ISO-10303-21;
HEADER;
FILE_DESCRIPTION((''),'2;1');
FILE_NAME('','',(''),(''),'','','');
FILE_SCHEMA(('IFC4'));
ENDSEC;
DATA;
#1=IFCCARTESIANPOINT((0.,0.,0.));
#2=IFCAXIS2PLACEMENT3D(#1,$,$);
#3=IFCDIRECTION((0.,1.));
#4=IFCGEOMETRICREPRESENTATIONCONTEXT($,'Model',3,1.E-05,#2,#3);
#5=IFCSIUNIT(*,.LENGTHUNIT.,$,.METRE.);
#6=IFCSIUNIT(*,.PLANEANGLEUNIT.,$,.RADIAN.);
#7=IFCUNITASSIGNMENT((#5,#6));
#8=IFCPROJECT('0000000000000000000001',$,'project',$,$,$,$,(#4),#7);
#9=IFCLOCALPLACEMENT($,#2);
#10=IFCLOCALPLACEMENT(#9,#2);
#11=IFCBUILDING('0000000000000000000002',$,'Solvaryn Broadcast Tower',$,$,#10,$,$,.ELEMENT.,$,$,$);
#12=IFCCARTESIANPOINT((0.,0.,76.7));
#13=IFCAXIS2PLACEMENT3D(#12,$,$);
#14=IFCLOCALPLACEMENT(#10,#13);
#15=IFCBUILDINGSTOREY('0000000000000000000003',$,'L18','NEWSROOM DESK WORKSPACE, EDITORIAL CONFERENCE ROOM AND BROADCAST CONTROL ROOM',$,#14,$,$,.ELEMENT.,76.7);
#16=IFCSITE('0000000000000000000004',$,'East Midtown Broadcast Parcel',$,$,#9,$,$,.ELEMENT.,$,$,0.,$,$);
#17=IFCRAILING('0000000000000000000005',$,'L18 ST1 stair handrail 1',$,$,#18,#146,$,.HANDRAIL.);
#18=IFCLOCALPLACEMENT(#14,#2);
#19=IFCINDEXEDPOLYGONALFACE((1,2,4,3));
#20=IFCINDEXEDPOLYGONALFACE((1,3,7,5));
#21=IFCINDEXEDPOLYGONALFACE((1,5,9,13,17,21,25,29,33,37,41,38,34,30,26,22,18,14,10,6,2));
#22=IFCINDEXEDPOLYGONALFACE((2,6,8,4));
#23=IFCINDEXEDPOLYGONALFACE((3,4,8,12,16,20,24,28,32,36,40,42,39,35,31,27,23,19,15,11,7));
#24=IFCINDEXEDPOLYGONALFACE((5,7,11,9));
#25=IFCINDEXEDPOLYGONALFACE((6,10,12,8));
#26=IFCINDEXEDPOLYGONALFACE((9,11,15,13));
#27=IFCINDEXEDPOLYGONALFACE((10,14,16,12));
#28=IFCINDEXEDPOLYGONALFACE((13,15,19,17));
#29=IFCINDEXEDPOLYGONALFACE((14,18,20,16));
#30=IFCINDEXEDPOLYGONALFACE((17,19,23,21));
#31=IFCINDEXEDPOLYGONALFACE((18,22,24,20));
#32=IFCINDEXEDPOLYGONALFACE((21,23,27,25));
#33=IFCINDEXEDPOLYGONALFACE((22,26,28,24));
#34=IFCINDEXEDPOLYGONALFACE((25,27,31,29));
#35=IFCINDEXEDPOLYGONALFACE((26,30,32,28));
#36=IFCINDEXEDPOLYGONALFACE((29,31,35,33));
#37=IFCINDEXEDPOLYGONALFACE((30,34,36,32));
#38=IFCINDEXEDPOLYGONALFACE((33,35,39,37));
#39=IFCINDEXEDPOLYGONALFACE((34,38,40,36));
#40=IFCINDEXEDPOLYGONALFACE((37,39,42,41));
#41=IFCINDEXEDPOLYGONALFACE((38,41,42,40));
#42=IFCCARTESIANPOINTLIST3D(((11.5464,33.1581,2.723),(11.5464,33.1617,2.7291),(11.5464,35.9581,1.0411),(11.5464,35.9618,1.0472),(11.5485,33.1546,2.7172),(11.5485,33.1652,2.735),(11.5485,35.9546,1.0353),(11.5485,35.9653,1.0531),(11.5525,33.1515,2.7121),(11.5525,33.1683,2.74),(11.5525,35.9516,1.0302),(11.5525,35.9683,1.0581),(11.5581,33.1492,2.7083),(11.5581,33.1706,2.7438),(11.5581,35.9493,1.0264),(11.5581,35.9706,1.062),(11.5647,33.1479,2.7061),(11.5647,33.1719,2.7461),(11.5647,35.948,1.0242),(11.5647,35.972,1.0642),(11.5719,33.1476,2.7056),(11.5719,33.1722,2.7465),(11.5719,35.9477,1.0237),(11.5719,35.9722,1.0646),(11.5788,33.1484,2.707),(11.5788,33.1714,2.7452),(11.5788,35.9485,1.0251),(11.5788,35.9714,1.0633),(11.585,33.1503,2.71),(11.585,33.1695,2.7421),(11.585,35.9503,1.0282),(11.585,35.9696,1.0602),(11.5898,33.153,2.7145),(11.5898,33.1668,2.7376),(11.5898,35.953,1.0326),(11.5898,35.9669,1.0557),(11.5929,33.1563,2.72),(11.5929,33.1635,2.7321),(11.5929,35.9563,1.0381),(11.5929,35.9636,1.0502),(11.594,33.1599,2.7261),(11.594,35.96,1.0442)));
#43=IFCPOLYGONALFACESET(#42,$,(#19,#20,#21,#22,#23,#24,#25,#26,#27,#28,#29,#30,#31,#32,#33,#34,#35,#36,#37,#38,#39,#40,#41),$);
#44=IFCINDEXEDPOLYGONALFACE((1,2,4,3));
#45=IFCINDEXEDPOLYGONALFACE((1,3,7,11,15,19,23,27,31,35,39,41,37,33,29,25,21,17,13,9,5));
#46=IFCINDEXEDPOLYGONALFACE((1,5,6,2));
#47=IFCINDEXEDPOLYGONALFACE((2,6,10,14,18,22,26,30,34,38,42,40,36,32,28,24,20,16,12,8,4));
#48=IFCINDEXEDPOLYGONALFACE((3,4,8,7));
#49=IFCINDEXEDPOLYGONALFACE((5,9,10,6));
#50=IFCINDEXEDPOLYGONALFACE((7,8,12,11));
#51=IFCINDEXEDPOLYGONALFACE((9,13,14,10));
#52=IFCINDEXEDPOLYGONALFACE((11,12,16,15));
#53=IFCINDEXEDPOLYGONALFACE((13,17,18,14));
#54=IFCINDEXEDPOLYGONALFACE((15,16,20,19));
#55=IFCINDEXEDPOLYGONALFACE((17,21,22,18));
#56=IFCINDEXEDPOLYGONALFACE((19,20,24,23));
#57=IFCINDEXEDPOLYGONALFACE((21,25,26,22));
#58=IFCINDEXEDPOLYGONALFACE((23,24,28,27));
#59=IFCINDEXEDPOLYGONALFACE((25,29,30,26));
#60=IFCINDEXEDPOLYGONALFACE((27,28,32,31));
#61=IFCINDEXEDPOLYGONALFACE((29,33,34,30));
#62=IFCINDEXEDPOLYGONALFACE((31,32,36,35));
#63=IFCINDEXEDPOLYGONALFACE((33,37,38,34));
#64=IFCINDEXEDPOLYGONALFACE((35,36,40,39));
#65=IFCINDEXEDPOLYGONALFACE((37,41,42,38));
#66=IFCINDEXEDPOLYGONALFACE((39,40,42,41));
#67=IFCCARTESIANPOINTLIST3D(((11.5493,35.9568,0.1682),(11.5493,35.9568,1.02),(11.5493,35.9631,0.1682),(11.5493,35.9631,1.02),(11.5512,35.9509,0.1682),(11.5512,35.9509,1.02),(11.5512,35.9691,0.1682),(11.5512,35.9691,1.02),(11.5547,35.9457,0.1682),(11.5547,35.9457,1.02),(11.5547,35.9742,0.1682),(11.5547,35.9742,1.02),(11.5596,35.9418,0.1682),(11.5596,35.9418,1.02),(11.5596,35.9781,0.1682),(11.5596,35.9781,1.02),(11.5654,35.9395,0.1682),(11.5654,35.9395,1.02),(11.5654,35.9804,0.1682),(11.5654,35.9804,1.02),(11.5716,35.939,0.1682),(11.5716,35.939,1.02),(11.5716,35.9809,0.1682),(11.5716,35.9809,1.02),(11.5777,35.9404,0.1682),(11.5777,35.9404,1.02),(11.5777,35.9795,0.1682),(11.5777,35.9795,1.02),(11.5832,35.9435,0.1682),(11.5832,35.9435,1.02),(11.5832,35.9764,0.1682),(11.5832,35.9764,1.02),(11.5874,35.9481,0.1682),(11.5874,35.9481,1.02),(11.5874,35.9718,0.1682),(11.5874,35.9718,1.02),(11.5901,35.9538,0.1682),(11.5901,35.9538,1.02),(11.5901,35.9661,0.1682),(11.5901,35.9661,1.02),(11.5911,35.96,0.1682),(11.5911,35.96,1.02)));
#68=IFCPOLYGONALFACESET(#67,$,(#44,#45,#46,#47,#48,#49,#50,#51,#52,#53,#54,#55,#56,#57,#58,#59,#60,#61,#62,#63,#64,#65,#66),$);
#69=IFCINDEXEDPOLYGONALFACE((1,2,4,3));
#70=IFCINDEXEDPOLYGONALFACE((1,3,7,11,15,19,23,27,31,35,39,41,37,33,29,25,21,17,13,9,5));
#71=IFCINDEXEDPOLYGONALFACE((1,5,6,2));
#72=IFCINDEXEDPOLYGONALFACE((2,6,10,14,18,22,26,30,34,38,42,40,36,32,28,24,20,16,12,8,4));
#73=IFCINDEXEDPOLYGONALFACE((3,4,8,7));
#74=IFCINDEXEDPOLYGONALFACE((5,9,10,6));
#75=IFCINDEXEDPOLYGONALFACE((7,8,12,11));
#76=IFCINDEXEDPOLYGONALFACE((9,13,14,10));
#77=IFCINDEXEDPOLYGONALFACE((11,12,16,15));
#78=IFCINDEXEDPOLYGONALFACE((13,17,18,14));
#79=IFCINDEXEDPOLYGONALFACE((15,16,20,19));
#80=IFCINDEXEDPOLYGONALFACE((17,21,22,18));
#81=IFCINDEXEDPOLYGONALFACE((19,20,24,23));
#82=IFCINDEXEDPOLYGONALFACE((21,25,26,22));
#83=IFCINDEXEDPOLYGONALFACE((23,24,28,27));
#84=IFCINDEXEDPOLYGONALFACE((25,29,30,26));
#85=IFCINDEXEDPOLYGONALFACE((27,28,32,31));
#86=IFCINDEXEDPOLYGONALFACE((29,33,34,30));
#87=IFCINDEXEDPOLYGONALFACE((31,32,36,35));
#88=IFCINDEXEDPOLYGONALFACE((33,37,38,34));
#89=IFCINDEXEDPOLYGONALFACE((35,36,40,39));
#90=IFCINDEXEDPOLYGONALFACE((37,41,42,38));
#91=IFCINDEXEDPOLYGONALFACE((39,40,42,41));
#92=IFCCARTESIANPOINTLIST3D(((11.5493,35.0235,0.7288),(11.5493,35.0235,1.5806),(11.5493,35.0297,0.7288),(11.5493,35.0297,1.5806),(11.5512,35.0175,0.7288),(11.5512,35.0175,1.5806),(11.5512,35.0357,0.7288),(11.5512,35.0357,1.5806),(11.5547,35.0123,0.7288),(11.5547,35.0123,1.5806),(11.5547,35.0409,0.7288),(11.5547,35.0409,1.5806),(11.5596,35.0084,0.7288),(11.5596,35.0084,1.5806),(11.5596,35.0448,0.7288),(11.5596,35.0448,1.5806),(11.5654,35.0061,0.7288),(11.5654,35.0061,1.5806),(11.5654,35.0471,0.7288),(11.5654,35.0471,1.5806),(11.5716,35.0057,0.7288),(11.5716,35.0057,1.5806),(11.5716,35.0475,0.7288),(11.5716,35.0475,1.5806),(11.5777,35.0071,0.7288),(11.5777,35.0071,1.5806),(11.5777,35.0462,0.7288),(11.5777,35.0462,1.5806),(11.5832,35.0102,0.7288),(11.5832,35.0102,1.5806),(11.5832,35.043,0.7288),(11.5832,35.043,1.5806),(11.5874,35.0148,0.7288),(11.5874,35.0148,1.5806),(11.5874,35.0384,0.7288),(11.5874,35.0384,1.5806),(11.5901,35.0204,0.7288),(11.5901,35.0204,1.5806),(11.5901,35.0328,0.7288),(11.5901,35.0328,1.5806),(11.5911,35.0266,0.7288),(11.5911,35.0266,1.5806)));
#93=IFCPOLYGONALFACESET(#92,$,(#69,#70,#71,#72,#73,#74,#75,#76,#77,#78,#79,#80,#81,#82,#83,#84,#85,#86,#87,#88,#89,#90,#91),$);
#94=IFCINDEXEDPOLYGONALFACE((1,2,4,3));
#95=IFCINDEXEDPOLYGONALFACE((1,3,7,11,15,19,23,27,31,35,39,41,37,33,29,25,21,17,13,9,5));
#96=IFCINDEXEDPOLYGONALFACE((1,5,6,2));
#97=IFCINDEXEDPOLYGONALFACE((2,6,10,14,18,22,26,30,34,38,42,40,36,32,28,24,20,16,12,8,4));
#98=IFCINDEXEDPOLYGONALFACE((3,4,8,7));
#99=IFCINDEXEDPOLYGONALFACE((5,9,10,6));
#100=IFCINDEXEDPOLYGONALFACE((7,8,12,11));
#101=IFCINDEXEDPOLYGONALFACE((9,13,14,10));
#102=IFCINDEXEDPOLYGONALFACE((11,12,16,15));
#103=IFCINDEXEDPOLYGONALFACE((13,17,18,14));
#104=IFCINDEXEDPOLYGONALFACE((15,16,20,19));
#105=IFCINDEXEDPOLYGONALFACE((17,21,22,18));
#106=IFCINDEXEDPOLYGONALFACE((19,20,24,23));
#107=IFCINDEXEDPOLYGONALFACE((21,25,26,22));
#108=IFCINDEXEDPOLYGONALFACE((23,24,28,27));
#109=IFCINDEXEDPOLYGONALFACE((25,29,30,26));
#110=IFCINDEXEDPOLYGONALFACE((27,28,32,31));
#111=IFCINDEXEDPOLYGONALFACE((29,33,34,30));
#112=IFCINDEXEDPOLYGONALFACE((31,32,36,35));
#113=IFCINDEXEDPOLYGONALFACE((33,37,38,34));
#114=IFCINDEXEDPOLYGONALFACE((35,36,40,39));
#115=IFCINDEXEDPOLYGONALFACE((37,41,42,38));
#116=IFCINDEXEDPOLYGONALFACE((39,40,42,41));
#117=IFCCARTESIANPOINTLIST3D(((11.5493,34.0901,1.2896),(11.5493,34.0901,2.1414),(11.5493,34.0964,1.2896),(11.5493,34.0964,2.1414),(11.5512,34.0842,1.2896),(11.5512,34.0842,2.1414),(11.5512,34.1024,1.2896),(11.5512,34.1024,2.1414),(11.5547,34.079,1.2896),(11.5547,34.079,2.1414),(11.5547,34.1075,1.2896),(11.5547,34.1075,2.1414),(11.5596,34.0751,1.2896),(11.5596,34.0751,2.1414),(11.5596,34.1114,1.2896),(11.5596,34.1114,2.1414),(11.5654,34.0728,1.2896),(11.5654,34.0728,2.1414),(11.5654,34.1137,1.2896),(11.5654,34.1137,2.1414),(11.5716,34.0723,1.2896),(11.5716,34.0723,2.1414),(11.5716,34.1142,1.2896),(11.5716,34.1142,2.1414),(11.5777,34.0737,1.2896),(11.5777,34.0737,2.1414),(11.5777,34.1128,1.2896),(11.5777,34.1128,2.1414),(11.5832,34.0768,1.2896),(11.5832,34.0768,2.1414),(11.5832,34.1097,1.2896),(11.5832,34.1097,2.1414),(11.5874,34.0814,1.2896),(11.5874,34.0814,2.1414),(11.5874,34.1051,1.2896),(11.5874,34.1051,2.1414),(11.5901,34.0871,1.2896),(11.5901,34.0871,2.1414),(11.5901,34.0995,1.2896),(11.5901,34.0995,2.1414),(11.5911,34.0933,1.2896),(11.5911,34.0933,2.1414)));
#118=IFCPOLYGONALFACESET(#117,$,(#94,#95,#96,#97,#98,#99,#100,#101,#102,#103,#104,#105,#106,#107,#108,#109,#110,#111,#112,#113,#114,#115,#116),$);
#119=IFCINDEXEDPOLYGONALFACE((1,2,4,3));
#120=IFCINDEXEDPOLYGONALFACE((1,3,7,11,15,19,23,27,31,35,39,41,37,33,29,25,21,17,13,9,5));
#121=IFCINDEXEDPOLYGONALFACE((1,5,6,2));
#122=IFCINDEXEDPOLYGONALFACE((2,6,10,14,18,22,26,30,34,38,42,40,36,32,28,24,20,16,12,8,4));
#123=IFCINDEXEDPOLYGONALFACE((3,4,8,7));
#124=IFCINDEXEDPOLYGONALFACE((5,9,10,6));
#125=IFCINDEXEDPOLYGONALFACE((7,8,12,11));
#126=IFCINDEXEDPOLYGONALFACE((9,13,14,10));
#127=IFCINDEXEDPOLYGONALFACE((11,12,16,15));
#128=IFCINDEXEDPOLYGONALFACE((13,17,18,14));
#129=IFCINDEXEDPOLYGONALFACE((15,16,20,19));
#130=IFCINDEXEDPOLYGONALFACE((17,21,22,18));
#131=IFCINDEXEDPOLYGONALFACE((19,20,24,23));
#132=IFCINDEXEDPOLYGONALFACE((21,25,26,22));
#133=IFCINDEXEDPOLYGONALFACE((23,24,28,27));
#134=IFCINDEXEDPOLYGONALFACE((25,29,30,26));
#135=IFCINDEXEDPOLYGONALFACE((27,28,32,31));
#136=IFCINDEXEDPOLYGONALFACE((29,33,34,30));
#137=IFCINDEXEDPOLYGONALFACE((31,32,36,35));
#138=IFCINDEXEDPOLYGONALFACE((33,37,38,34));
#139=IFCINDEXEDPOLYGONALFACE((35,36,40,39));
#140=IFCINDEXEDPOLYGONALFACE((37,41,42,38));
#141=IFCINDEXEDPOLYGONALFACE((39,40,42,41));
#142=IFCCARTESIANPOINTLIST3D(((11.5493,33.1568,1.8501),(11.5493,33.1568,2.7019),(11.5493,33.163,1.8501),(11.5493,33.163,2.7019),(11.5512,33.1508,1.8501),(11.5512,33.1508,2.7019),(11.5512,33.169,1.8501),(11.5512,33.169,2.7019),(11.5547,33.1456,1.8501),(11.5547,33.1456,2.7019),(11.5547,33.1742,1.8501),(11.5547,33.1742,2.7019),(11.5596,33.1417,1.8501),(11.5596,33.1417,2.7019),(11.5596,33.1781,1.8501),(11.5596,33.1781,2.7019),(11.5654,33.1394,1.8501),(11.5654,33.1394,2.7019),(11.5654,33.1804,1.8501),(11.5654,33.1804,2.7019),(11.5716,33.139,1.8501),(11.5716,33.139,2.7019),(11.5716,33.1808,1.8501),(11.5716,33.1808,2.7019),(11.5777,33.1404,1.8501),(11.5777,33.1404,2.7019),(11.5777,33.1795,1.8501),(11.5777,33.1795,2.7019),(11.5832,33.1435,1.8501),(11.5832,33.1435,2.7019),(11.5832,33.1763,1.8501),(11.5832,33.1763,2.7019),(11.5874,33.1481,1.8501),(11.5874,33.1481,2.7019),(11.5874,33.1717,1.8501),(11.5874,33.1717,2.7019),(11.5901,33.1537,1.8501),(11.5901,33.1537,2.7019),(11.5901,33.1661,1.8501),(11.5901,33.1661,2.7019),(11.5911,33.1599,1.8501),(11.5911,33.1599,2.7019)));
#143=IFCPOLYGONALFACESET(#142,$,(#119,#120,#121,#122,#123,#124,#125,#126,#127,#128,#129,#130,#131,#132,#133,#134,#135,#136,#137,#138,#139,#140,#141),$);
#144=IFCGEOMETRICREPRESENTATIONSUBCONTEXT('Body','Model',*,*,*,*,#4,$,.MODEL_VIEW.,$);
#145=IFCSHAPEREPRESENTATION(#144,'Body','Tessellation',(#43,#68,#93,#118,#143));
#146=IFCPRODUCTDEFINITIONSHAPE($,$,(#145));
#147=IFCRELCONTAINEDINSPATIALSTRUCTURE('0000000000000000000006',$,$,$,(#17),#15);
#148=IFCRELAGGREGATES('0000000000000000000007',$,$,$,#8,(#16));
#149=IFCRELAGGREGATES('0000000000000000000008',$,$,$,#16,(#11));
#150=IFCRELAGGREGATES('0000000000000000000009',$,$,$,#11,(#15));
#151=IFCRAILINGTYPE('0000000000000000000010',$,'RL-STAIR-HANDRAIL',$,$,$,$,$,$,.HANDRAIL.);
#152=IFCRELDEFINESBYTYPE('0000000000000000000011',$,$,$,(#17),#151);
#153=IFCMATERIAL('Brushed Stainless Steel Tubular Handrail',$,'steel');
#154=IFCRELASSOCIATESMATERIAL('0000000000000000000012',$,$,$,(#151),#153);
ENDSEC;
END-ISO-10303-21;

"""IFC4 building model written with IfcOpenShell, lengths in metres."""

from ifc_helpers import new_model, si_unit, direction, frame, origin, origin_2d, place, context, subcontext, project, spatial, circle, extrude, material, type_object, element, save


model = new_model("IFC4")

# Units and contexts
model_context = context("Model", 3, precision=1e-05, world=origin(), true_north=direction((0.0, 1.0)))
body_context = subcontext(model_context, "Body", "Model", "MODEL_VIEW")
ifc_project = project(units=[si_unit("LENGTHUNIT", "METRE"), si_unit("PLANEANGLEUNIT", "RADIAN")], contexts=[model_context])

# Site, building, storey
site_placement = place(None, origin())
site = spatial("IfcSite", under=ifc_project, at=site_placement, Name="East Midtown Broadcast Parcel", CompositionType="ELEMENT", RefElevation=0.0)
building_placement = place(site_placement, origin())
building = spatial("IfcBuilding", under=site, at=building_placement, Name="Solvaryn Broadcast Tower", CompositionType="ELEMENT")
storey_placement = place(building_placement, frame((0.0, 0.0, 76.7)))
storey = spatial("IfcBuildingStorey", under=building, at=storey_placement, Name="L18", Description="NEWSROOM DESK WORKSPACE, EDITORIAL CONFERENCE ROOM AND BROADCAST CONTROL ROOM", CompositionType="ELEMENT", Elevation=76.7)

# Railing
ifc_material_1 = material(Name="Brushed Stainless Steel Tubular Handrail", Category="steel")
railing_type_1 = type_object("IfcRailingType", Name="RL-STAIR-HANDRAIL", PredefinedType="HANDRAIL", material=ifc_material_1)
railing_1_placement = place(storey_placement, frame((11.5701, 35.96, 0.1682)))
element("IfcRailing", 1, at=railing_1_placement, inside=storey, type_object=railing_type_1, Name="L18 ST1 stair handrail 1", PredefinedType="HANDRAIL", context=body_context, shape_type="SweptSolid", body=[
    extrude(circle(Radius=0.0239, at=origin_2d()), frame((0.0, 0.0, 0.876), z_axis=(0.0, -0.857242, 0.514913), x_axis=(1.0, 0.0, 0.0)), (0.0, 0.0, 1.0), 3.2664),
    extrude(circle(Radius=0.021, at=origin_2d()), origin(), (0.0, 0.0, 1.0), 0.8518),
    extrude(circle(Radius=0.021, at=origin_2d()), frame((0.0, -0.9333, 0.5605)), (0.0, 0.0, 1.0), 0.8518),
    extrude(circle(Radius=0.021, at=origin_2d()), frame((0.0, -1.8667, 1.1213)), (0.0, 0.0, 1.0), 0.8518),
    extrude(circle(Radius=0.021, at=origin_2d()), frame((0.0, -2.8, 1.6819)), (0.0, 0.0, 1.0), 0.8518),
])

save(model, "model.ifc")
